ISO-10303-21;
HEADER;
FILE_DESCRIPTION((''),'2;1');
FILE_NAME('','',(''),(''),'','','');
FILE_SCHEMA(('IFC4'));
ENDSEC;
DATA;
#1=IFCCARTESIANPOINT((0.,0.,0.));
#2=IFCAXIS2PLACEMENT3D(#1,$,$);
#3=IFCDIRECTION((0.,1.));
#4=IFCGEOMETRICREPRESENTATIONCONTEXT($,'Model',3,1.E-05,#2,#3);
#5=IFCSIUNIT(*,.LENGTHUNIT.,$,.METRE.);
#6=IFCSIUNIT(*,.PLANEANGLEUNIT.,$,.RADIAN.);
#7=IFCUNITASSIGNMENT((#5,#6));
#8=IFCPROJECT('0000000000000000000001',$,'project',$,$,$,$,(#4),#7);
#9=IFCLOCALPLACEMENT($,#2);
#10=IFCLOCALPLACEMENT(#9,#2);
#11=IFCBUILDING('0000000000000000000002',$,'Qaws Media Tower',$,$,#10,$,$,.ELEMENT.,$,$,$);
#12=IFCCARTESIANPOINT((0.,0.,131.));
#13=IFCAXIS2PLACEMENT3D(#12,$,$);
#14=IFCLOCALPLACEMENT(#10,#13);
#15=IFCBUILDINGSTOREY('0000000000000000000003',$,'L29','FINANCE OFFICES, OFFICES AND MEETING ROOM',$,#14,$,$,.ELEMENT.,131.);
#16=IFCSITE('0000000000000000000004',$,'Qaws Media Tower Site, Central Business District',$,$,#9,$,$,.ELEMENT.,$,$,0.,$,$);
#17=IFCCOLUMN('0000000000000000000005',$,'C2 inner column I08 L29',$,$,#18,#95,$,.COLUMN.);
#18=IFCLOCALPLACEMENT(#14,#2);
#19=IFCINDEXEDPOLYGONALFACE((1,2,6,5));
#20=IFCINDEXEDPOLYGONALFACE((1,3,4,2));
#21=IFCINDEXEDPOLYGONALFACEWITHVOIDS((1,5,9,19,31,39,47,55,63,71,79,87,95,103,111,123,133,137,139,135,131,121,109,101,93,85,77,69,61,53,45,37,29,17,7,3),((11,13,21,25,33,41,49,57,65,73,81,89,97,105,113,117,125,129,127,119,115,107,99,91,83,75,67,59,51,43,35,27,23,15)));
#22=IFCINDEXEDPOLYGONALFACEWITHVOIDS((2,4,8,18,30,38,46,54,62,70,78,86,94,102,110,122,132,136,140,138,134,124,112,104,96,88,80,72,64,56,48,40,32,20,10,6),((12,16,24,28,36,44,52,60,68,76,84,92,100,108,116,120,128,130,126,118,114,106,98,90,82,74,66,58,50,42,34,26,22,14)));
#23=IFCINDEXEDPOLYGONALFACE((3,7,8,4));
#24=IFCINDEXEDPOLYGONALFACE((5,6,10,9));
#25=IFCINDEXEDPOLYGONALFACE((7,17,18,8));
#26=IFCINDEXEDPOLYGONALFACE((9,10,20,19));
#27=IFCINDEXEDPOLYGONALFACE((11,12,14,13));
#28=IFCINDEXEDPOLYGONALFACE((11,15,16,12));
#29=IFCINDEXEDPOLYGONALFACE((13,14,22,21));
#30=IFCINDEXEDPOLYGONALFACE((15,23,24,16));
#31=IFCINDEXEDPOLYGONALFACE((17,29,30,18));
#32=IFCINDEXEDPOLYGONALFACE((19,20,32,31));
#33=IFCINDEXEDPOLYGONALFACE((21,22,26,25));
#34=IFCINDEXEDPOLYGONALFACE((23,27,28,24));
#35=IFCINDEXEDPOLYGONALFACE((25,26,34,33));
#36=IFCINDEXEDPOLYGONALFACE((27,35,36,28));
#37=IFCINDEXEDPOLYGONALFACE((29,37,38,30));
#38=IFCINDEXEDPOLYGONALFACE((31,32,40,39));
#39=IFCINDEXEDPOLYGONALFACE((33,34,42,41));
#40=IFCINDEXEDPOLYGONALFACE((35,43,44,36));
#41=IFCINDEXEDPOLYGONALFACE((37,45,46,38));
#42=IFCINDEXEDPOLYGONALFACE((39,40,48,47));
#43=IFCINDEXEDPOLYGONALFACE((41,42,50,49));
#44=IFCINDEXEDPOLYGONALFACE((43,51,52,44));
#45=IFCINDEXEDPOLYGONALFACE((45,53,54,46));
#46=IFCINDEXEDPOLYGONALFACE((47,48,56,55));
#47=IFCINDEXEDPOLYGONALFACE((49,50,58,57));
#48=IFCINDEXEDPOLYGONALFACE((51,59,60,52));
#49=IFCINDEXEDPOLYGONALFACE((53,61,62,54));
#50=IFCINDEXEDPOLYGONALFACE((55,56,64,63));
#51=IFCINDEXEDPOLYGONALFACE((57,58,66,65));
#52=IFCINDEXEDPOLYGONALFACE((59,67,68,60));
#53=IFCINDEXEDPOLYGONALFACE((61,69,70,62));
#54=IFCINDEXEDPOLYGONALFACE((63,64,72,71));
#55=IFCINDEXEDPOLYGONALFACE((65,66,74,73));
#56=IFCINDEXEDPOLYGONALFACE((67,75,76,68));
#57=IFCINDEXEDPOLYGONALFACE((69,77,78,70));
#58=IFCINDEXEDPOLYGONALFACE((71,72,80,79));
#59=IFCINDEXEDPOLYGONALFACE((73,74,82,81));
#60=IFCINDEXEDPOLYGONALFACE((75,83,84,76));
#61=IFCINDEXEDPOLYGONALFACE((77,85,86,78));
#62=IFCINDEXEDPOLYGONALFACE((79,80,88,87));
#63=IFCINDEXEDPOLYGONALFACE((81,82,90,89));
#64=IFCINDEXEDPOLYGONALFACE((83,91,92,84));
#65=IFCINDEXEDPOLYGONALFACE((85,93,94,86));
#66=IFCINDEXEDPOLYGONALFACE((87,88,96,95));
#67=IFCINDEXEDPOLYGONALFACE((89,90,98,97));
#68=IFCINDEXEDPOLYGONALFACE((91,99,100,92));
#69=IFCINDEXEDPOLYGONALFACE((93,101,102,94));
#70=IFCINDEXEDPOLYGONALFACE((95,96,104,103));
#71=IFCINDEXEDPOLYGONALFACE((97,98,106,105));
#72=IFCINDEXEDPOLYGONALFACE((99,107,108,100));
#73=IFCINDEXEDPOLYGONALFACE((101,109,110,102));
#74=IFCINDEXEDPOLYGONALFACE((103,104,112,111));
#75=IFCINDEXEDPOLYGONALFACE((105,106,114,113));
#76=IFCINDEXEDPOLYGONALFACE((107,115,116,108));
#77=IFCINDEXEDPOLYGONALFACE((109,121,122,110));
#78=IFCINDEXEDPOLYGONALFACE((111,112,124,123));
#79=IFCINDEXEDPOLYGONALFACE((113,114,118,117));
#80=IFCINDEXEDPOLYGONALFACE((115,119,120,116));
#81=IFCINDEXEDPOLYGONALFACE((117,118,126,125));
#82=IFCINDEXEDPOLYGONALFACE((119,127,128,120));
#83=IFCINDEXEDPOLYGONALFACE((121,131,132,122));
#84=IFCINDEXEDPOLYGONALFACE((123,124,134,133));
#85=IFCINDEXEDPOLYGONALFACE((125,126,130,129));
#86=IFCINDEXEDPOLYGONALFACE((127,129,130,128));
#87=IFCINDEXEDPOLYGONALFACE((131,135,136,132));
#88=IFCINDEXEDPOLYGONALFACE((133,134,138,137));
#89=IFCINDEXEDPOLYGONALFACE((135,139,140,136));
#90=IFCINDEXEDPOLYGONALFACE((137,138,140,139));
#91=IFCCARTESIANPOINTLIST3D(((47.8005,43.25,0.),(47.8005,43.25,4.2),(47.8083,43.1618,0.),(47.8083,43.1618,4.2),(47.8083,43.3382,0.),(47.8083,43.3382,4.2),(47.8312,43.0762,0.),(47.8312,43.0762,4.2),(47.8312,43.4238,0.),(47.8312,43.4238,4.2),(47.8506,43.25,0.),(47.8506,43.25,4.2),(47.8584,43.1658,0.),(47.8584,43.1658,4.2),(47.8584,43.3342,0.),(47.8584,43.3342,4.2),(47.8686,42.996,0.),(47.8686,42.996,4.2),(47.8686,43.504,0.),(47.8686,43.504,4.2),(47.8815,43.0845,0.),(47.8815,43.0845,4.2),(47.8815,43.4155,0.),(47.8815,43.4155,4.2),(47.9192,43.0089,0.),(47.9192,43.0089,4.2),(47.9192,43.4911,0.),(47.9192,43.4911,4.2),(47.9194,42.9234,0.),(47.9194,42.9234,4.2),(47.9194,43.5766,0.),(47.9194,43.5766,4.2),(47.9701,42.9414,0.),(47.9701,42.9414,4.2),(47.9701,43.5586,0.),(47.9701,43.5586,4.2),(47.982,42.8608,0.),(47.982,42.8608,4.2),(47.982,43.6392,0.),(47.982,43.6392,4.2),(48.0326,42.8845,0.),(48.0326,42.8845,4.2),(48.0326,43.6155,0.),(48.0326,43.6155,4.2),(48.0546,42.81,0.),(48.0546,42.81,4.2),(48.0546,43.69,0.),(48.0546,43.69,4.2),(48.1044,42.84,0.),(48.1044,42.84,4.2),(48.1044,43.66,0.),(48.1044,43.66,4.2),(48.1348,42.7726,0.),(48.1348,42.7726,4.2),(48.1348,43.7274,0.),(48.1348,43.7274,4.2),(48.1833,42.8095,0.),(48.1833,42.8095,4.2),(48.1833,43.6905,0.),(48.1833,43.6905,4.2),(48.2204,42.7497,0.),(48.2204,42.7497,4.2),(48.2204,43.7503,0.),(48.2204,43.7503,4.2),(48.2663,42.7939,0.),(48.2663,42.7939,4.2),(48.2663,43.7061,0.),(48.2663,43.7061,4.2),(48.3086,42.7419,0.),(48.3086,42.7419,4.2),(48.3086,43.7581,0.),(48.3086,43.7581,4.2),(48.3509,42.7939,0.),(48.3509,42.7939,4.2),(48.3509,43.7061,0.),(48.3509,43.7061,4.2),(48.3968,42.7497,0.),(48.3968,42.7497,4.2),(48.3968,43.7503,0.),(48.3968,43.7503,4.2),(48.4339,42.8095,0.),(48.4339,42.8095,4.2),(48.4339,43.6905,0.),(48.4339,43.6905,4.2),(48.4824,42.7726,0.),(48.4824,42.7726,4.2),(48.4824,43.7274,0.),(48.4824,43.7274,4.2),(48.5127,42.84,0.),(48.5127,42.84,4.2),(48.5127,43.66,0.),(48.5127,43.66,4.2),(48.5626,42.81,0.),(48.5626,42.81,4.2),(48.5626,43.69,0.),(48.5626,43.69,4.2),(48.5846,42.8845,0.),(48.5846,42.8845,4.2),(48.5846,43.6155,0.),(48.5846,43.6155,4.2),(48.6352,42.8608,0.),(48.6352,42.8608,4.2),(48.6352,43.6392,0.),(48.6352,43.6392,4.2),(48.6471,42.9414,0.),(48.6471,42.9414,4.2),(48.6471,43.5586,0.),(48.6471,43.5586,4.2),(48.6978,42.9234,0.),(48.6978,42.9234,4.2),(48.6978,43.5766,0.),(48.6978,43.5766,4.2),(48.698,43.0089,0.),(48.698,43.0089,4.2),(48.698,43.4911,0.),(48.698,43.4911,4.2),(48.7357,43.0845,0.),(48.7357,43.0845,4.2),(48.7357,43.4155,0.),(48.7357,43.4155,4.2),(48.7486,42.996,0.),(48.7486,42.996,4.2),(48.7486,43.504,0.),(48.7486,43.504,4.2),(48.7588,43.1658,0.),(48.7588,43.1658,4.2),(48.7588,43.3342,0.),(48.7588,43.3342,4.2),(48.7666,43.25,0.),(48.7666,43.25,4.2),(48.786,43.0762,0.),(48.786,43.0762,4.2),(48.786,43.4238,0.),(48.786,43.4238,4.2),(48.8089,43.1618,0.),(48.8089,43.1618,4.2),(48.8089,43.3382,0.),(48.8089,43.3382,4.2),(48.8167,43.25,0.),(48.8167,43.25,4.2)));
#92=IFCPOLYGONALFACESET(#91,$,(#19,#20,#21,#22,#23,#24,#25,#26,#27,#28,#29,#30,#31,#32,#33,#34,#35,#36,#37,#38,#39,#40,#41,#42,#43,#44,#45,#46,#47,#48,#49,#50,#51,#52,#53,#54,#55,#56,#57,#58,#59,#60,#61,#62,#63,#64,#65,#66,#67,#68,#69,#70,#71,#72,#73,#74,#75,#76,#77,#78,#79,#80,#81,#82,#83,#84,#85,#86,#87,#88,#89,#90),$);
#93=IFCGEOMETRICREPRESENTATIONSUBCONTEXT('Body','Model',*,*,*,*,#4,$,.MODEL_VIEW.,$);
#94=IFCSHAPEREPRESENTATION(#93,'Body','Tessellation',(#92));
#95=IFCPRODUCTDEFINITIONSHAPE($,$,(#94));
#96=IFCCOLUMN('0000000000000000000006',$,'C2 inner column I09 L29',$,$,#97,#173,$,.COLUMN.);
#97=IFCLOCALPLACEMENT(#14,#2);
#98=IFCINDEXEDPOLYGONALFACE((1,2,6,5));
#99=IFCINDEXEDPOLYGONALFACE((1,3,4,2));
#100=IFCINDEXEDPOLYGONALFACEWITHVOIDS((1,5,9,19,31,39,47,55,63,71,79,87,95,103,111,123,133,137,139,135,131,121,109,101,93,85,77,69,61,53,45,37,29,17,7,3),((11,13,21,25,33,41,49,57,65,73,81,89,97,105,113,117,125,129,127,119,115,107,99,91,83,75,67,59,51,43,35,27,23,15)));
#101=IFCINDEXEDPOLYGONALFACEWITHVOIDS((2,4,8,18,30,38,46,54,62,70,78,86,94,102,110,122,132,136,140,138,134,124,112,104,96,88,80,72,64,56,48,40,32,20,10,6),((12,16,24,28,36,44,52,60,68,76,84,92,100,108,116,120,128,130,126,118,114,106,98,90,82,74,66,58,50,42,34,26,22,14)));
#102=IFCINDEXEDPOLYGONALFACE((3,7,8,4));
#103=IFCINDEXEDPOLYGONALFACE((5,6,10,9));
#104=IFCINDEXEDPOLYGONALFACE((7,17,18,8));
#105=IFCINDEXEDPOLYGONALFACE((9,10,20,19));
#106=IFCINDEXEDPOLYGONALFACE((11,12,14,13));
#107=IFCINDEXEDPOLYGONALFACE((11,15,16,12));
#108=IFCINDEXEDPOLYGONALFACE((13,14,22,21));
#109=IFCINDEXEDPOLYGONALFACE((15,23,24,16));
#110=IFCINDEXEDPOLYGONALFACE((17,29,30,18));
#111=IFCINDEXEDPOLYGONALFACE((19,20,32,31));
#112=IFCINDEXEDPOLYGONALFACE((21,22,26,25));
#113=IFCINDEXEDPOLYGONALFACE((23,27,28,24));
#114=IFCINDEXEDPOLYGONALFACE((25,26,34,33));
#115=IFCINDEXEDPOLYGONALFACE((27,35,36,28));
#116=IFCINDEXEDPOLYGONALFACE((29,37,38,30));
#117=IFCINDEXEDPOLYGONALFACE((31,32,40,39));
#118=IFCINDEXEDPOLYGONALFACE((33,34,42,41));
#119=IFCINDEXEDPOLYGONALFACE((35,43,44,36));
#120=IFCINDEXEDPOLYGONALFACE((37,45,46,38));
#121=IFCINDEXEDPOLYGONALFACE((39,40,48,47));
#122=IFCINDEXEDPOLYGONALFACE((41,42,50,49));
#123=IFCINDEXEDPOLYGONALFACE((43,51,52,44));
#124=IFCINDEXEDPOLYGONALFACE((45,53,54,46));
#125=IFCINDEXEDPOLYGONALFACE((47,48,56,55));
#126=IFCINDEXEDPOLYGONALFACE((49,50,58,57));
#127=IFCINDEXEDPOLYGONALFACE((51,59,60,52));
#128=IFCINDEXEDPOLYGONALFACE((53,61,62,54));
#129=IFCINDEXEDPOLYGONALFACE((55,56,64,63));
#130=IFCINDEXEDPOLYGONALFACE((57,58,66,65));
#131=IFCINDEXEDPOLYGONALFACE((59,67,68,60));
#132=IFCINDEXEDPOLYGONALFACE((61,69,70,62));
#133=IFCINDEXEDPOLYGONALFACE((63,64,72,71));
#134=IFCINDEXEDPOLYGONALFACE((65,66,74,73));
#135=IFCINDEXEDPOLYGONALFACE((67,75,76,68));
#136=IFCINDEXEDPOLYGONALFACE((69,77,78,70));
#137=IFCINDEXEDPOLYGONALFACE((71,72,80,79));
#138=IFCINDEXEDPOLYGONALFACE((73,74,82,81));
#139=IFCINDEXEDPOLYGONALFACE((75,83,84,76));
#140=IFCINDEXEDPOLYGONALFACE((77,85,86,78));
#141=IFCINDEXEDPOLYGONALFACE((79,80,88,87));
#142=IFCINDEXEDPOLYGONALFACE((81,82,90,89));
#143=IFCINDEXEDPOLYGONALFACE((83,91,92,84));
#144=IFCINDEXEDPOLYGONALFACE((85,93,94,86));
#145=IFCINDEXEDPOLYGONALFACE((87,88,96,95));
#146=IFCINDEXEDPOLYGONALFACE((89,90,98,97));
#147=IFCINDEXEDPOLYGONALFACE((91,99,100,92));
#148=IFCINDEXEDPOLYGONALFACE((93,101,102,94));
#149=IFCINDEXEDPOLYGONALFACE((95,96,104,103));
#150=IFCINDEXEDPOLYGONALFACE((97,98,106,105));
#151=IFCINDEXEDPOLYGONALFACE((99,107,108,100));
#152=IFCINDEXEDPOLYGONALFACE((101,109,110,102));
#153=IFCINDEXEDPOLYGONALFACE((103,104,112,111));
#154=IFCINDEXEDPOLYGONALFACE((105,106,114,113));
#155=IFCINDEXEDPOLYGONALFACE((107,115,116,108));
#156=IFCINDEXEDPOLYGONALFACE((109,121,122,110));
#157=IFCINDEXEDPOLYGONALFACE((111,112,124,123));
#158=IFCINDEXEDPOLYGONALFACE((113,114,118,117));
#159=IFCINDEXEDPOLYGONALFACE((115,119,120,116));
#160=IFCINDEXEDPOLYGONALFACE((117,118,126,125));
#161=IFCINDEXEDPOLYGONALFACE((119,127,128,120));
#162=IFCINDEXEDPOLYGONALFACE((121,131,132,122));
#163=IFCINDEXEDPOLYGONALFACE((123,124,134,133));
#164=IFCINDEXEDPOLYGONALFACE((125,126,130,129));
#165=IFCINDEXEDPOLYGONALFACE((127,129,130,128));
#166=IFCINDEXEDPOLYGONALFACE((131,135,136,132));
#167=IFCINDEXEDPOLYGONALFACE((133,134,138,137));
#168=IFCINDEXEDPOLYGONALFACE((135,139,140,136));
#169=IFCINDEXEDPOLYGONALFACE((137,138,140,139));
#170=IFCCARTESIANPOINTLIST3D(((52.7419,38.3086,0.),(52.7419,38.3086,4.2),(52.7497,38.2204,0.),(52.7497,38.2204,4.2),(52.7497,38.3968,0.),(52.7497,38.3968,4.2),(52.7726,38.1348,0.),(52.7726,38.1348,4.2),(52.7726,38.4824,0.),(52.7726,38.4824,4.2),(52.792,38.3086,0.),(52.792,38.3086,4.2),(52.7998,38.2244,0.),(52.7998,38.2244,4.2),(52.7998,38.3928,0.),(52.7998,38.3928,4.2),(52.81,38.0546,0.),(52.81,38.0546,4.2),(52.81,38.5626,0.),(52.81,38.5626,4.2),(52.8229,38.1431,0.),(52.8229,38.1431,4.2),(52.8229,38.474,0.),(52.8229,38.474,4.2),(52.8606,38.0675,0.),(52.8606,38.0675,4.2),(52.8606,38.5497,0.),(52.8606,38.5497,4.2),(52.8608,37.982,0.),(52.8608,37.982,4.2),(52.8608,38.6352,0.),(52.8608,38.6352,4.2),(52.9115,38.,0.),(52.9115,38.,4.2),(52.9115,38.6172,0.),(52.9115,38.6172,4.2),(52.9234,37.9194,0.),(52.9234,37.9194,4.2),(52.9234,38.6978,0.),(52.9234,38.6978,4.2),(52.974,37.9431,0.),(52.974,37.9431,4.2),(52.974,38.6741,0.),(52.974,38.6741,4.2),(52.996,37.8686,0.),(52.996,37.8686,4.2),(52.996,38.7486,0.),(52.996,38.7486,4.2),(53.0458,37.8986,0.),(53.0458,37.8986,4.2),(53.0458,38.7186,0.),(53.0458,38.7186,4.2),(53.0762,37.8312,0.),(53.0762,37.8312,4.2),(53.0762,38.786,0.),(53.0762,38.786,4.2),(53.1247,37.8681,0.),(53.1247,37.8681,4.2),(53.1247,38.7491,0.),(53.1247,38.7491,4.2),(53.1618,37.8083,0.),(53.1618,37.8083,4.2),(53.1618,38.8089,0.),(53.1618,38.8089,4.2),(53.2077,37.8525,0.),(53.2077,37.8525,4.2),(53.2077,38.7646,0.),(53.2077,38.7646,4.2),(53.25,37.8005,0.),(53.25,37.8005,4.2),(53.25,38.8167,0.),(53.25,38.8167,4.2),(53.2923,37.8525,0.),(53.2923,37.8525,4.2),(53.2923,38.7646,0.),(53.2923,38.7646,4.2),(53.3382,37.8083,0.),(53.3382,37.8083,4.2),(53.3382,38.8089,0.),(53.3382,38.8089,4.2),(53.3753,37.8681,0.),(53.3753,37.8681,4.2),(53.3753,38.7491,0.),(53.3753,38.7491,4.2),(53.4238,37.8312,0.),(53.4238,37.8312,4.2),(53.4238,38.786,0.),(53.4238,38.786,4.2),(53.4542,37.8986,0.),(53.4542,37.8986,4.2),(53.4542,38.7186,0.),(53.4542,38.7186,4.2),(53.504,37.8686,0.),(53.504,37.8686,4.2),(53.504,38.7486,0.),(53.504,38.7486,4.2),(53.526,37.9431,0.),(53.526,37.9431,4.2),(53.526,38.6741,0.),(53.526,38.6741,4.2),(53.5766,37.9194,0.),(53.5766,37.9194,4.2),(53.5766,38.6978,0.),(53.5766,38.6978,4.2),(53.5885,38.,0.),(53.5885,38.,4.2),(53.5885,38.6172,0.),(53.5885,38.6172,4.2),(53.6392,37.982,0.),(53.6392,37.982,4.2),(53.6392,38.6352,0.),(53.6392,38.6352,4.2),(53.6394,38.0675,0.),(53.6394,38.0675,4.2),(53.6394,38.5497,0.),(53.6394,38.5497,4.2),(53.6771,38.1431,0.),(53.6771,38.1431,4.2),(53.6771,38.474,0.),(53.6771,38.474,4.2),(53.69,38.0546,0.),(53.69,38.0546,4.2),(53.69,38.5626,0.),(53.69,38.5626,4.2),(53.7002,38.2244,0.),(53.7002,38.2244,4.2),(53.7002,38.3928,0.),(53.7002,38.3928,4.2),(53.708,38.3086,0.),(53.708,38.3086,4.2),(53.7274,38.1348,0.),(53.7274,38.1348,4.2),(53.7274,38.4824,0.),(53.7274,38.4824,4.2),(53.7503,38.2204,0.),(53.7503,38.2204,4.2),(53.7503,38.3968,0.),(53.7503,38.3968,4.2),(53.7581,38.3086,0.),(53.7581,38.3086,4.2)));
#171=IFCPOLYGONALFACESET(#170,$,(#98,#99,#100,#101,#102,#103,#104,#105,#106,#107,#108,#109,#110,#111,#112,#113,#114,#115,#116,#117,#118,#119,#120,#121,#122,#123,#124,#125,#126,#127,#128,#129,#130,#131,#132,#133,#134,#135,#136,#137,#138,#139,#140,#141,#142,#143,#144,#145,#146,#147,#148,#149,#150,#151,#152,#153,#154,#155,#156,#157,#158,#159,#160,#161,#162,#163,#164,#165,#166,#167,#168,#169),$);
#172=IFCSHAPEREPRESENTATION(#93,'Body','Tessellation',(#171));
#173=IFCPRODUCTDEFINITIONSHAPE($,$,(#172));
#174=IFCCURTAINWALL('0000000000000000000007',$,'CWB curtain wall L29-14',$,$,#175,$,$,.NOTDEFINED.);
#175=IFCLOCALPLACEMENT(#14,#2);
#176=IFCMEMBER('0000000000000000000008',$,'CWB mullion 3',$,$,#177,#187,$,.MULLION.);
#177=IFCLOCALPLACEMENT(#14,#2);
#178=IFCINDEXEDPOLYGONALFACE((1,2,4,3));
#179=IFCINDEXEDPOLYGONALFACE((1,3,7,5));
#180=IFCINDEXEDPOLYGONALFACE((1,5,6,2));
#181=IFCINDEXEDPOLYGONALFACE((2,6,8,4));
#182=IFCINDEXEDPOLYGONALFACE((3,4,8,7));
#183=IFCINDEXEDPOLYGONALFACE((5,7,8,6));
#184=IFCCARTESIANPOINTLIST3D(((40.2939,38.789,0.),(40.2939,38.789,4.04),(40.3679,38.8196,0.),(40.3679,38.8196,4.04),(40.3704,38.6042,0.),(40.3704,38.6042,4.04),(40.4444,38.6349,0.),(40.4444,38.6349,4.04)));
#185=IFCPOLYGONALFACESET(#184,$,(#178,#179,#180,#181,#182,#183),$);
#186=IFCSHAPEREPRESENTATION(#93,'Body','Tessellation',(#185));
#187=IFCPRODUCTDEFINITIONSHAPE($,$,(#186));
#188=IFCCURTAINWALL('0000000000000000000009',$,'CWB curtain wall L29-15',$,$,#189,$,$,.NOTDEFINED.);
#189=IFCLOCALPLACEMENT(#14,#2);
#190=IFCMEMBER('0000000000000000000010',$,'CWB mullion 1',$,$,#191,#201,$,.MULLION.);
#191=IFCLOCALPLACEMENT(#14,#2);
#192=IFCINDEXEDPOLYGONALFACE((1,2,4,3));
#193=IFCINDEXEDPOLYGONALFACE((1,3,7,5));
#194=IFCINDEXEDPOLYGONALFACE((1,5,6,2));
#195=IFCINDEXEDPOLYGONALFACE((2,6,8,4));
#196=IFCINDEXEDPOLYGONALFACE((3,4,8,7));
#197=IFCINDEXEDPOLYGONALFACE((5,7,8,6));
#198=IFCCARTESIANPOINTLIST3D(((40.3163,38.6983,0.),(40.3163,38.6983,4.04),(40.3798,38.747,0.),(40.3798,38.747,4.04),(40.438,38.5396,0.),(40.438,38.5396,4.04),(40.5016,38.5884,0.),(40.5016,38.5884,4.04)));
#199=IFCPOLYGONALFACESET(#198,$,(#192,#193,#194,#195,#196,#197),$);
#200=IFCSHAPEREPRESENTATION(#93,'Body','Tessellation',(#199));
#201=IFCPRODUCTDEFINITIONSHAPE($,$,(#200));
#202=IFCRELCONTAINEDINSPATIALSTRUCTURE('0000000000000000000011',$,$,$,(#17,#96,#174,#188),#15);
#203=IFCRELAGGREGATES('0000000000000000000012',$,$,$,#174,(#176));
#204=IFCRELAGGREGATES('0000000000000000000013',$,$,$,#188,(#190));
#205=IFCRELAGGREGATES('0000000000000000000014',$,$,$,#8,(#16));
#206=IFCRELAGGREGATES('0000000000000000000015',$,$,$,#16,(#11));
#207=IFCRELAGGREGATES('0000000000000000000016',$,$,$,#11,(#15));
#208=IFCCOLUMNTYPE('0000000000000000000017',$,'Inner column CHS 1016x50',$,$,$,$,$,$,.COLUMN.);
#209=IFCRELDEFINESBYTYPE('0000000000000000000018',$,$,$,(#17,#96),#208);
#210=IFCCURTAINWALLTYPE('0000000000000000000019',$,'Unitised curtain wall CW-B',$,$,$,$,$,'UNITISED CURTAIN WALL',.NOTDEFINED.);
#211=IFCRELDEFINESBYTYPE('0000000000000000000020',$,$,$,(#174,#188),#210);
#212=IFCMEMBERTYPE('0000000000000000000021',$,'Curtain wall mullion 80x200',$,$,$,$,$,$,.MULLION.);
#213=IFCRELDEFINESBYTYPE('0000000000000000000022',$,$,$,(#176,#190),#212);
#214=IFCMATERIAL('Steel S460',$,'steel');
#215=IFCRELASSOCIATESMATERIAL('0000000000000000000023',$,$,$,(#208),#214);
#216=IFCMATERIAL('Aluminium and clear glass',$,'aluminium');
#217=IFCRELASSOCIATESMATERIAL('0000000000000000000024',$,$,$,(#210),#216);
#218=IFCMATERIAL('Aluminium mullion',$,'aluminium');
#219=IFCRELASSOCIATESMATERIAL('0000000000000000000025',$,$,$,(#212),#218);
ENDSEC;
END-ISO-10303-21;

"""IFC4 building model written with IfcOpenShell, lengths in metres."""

from ifc_helpers import new_model, si_unit, direction, frame, origin, origin_2d, place, context, subcontext, project, spatial, rectangle, hollow_circle, extrude, material, material_profile, profile_set, type_object, element, aggregate, save


model = new_model("IFC4")

# Units and contexts
model_context = context("Model", 3, precision=1e-05, world=origin(), true_north=direction((0.0, 1.0)))
body_context = subcontext(model_context, "Body", "Model", "MODEL_VIEW")
ifc_project = project(units=[si_unit("LENGTHUNIT", "METRE"), si_unit("PLANEANGLEUNIT", "RADIAN")], contexts=[model_context])

# Site, building, storey
site_placement = place(None, origin())
site = spatial("IfcSite", under=ifc_project, at=site_placement, Name="Qaws Media Tower Site, Central Business District", CompositionType="ELEMENT", RefElevation=0.0)
building_placement = place(site_placement, origin())
building = spatial("IfcBuilding", under=site, at=building_placement, Name="Qaws Media Tower", CompositionType="ELEMENT")
storey_placement = place(building_placement, frame((0.0, 0.0, 131.0)))
storey = spatial("IfcBuildingStorey", under=building, at=storey_placement, Name="L29", Description="FINANCE OFFICES, OFFICES AND MEETING ROOM", CompositionType="ELEMENT", Elevation=131.0)

# Columns
ifc_material_1 = material(Name="Steel S460", Category="steel")
ifc_material_profile_1 = material_profile(ifc_material_1, hollow_circle(Radius=0.5081, WallThickness=0.05, at=origin_2d()), Name="CHS 1016x50")
ifc_profile_set_1 = profile_set([ifc_material_profile_1], Name="Steel S460")
column_type = type_object("IfcColumnType", Name="Inner column CHS 1016x50", PredefinedType="COLUMN", material=ifc_profile_set_1)
for number, where, z_axis, x_axis, name in (
    (1, (48.3086, 43.25, 0.0), (0.0, 0.0, 1.0), (1.0, 0.0, 0.0), "C2 inner column I08 L29"),
    (2, (53.25, 38.3086, 0.0), (0.0, 0.0, 1.0), (1.0, 0.0, 0.0), "C2 inner column I09 L29"),
):
    element("IfcColumn", number, at=place(storey_placement, frame(where, z_axis=z_axis, x_axis=x_axis)), inside=storey, type_object=column_type, Name=name, PredefinedType="COLUMN", context=body_context, shape_type="SweptSolid", body=[
        extrude(hollow_circle(Radius=0.5081, WallThickness=0.05, at=origin_2d()), origin(), (0.0, 0.0, 1.0), 4.2),
    ])

# Curtain wall, member
ifc_material_2 = material(Name="Aluminium and clear glass", Category="aluminium")
curtain_wall_type = type_object("IfcCurtainWallType", Name="Unitised curtain wall CW-B", ElementType="UNITISED CURTAIN WALL", PredefinedType="NOTDEFINED", material=ifc_material_2)
curtain_wall_1_placement = place(storey_placement, origin())
curtain_wall_1 = element("IfcCurtainWall", 3, at=curtain_wall_1_placement, inside=storey, type_object=curtain_wall_type, Name="CWB curtain wall L29-14", PredefinedType="NOTDEFINED")
ifc_material_3 = material(Name="Aluminium mullion", Category="aluminium")
ifc_material_profile_2 = material_profile(ifc_material_3, rectangle(XDim=0.0801, YDim=0.2, at=origin_2d()), Name="80x200")
ifc_profile_set_2 = profile_set([ifc_material_profile_2], Name="Aluminium mullion")
member_type_1 = type_object("IfcMemberType", Name="Curtain wall mullion 80x200", PredefinedType="MULLION", material=ifc_profile_set_2)
member_1_placement = place(storey_placement, frame((40.3691, 38.7119, 0.0), z_axis=(0.0, 0.0, 1.0), x_axis=(0.92388, 0.382683, 0.0)))
member_1 = element("IfcMember", 4, at=member_1_placement, type_object=member_type_1, Name="CWB mullion 3", PredefinedType="MULLION", context=body_context, shape_type="SweptSolid", body=[
    extrude(rectangle(XDim=0.0801, YDim=0.2, at=origin_2d()), origin(), (0.0, 0.0, 1.0), 4.04),
])

# Curtain wall, member
curtain_wall_2_placement = place(storey_placement, origin())
curtain_wall_2 = element("IfcCurtainWall", 5, at=curtain_wall_2_placement, inside=storey, type_object=curtain_wall_type, Name="CWB curtain wall L29-15", PredefinedType="NOTDEFINED")
member_2_placement = place(storey_placement, frame((40.4089, 38.6433, 0.0), z_axis=(0.0, 0.0, 1.0), x_axis=(0.793353, 0.608761, 0.0)))
member_2 = element("IfcMember", 6, at=member_2_placement, type_object=member_type_1, Name="CWB mullion 1", PredefinedType="MULLION", context=body_context, shape_type="SweptSolid", body=[
    extrude(rectangle(XDim=0.0801, YDim=0.2, at=origin_2d()), origin(), (0.0, 0.0, 1.0), 4.04),
])

aggregate(curtain_wall_1, [member_1])
aggregate(curtain_wall_2, [member_2])

save(model, "model.ifc")
